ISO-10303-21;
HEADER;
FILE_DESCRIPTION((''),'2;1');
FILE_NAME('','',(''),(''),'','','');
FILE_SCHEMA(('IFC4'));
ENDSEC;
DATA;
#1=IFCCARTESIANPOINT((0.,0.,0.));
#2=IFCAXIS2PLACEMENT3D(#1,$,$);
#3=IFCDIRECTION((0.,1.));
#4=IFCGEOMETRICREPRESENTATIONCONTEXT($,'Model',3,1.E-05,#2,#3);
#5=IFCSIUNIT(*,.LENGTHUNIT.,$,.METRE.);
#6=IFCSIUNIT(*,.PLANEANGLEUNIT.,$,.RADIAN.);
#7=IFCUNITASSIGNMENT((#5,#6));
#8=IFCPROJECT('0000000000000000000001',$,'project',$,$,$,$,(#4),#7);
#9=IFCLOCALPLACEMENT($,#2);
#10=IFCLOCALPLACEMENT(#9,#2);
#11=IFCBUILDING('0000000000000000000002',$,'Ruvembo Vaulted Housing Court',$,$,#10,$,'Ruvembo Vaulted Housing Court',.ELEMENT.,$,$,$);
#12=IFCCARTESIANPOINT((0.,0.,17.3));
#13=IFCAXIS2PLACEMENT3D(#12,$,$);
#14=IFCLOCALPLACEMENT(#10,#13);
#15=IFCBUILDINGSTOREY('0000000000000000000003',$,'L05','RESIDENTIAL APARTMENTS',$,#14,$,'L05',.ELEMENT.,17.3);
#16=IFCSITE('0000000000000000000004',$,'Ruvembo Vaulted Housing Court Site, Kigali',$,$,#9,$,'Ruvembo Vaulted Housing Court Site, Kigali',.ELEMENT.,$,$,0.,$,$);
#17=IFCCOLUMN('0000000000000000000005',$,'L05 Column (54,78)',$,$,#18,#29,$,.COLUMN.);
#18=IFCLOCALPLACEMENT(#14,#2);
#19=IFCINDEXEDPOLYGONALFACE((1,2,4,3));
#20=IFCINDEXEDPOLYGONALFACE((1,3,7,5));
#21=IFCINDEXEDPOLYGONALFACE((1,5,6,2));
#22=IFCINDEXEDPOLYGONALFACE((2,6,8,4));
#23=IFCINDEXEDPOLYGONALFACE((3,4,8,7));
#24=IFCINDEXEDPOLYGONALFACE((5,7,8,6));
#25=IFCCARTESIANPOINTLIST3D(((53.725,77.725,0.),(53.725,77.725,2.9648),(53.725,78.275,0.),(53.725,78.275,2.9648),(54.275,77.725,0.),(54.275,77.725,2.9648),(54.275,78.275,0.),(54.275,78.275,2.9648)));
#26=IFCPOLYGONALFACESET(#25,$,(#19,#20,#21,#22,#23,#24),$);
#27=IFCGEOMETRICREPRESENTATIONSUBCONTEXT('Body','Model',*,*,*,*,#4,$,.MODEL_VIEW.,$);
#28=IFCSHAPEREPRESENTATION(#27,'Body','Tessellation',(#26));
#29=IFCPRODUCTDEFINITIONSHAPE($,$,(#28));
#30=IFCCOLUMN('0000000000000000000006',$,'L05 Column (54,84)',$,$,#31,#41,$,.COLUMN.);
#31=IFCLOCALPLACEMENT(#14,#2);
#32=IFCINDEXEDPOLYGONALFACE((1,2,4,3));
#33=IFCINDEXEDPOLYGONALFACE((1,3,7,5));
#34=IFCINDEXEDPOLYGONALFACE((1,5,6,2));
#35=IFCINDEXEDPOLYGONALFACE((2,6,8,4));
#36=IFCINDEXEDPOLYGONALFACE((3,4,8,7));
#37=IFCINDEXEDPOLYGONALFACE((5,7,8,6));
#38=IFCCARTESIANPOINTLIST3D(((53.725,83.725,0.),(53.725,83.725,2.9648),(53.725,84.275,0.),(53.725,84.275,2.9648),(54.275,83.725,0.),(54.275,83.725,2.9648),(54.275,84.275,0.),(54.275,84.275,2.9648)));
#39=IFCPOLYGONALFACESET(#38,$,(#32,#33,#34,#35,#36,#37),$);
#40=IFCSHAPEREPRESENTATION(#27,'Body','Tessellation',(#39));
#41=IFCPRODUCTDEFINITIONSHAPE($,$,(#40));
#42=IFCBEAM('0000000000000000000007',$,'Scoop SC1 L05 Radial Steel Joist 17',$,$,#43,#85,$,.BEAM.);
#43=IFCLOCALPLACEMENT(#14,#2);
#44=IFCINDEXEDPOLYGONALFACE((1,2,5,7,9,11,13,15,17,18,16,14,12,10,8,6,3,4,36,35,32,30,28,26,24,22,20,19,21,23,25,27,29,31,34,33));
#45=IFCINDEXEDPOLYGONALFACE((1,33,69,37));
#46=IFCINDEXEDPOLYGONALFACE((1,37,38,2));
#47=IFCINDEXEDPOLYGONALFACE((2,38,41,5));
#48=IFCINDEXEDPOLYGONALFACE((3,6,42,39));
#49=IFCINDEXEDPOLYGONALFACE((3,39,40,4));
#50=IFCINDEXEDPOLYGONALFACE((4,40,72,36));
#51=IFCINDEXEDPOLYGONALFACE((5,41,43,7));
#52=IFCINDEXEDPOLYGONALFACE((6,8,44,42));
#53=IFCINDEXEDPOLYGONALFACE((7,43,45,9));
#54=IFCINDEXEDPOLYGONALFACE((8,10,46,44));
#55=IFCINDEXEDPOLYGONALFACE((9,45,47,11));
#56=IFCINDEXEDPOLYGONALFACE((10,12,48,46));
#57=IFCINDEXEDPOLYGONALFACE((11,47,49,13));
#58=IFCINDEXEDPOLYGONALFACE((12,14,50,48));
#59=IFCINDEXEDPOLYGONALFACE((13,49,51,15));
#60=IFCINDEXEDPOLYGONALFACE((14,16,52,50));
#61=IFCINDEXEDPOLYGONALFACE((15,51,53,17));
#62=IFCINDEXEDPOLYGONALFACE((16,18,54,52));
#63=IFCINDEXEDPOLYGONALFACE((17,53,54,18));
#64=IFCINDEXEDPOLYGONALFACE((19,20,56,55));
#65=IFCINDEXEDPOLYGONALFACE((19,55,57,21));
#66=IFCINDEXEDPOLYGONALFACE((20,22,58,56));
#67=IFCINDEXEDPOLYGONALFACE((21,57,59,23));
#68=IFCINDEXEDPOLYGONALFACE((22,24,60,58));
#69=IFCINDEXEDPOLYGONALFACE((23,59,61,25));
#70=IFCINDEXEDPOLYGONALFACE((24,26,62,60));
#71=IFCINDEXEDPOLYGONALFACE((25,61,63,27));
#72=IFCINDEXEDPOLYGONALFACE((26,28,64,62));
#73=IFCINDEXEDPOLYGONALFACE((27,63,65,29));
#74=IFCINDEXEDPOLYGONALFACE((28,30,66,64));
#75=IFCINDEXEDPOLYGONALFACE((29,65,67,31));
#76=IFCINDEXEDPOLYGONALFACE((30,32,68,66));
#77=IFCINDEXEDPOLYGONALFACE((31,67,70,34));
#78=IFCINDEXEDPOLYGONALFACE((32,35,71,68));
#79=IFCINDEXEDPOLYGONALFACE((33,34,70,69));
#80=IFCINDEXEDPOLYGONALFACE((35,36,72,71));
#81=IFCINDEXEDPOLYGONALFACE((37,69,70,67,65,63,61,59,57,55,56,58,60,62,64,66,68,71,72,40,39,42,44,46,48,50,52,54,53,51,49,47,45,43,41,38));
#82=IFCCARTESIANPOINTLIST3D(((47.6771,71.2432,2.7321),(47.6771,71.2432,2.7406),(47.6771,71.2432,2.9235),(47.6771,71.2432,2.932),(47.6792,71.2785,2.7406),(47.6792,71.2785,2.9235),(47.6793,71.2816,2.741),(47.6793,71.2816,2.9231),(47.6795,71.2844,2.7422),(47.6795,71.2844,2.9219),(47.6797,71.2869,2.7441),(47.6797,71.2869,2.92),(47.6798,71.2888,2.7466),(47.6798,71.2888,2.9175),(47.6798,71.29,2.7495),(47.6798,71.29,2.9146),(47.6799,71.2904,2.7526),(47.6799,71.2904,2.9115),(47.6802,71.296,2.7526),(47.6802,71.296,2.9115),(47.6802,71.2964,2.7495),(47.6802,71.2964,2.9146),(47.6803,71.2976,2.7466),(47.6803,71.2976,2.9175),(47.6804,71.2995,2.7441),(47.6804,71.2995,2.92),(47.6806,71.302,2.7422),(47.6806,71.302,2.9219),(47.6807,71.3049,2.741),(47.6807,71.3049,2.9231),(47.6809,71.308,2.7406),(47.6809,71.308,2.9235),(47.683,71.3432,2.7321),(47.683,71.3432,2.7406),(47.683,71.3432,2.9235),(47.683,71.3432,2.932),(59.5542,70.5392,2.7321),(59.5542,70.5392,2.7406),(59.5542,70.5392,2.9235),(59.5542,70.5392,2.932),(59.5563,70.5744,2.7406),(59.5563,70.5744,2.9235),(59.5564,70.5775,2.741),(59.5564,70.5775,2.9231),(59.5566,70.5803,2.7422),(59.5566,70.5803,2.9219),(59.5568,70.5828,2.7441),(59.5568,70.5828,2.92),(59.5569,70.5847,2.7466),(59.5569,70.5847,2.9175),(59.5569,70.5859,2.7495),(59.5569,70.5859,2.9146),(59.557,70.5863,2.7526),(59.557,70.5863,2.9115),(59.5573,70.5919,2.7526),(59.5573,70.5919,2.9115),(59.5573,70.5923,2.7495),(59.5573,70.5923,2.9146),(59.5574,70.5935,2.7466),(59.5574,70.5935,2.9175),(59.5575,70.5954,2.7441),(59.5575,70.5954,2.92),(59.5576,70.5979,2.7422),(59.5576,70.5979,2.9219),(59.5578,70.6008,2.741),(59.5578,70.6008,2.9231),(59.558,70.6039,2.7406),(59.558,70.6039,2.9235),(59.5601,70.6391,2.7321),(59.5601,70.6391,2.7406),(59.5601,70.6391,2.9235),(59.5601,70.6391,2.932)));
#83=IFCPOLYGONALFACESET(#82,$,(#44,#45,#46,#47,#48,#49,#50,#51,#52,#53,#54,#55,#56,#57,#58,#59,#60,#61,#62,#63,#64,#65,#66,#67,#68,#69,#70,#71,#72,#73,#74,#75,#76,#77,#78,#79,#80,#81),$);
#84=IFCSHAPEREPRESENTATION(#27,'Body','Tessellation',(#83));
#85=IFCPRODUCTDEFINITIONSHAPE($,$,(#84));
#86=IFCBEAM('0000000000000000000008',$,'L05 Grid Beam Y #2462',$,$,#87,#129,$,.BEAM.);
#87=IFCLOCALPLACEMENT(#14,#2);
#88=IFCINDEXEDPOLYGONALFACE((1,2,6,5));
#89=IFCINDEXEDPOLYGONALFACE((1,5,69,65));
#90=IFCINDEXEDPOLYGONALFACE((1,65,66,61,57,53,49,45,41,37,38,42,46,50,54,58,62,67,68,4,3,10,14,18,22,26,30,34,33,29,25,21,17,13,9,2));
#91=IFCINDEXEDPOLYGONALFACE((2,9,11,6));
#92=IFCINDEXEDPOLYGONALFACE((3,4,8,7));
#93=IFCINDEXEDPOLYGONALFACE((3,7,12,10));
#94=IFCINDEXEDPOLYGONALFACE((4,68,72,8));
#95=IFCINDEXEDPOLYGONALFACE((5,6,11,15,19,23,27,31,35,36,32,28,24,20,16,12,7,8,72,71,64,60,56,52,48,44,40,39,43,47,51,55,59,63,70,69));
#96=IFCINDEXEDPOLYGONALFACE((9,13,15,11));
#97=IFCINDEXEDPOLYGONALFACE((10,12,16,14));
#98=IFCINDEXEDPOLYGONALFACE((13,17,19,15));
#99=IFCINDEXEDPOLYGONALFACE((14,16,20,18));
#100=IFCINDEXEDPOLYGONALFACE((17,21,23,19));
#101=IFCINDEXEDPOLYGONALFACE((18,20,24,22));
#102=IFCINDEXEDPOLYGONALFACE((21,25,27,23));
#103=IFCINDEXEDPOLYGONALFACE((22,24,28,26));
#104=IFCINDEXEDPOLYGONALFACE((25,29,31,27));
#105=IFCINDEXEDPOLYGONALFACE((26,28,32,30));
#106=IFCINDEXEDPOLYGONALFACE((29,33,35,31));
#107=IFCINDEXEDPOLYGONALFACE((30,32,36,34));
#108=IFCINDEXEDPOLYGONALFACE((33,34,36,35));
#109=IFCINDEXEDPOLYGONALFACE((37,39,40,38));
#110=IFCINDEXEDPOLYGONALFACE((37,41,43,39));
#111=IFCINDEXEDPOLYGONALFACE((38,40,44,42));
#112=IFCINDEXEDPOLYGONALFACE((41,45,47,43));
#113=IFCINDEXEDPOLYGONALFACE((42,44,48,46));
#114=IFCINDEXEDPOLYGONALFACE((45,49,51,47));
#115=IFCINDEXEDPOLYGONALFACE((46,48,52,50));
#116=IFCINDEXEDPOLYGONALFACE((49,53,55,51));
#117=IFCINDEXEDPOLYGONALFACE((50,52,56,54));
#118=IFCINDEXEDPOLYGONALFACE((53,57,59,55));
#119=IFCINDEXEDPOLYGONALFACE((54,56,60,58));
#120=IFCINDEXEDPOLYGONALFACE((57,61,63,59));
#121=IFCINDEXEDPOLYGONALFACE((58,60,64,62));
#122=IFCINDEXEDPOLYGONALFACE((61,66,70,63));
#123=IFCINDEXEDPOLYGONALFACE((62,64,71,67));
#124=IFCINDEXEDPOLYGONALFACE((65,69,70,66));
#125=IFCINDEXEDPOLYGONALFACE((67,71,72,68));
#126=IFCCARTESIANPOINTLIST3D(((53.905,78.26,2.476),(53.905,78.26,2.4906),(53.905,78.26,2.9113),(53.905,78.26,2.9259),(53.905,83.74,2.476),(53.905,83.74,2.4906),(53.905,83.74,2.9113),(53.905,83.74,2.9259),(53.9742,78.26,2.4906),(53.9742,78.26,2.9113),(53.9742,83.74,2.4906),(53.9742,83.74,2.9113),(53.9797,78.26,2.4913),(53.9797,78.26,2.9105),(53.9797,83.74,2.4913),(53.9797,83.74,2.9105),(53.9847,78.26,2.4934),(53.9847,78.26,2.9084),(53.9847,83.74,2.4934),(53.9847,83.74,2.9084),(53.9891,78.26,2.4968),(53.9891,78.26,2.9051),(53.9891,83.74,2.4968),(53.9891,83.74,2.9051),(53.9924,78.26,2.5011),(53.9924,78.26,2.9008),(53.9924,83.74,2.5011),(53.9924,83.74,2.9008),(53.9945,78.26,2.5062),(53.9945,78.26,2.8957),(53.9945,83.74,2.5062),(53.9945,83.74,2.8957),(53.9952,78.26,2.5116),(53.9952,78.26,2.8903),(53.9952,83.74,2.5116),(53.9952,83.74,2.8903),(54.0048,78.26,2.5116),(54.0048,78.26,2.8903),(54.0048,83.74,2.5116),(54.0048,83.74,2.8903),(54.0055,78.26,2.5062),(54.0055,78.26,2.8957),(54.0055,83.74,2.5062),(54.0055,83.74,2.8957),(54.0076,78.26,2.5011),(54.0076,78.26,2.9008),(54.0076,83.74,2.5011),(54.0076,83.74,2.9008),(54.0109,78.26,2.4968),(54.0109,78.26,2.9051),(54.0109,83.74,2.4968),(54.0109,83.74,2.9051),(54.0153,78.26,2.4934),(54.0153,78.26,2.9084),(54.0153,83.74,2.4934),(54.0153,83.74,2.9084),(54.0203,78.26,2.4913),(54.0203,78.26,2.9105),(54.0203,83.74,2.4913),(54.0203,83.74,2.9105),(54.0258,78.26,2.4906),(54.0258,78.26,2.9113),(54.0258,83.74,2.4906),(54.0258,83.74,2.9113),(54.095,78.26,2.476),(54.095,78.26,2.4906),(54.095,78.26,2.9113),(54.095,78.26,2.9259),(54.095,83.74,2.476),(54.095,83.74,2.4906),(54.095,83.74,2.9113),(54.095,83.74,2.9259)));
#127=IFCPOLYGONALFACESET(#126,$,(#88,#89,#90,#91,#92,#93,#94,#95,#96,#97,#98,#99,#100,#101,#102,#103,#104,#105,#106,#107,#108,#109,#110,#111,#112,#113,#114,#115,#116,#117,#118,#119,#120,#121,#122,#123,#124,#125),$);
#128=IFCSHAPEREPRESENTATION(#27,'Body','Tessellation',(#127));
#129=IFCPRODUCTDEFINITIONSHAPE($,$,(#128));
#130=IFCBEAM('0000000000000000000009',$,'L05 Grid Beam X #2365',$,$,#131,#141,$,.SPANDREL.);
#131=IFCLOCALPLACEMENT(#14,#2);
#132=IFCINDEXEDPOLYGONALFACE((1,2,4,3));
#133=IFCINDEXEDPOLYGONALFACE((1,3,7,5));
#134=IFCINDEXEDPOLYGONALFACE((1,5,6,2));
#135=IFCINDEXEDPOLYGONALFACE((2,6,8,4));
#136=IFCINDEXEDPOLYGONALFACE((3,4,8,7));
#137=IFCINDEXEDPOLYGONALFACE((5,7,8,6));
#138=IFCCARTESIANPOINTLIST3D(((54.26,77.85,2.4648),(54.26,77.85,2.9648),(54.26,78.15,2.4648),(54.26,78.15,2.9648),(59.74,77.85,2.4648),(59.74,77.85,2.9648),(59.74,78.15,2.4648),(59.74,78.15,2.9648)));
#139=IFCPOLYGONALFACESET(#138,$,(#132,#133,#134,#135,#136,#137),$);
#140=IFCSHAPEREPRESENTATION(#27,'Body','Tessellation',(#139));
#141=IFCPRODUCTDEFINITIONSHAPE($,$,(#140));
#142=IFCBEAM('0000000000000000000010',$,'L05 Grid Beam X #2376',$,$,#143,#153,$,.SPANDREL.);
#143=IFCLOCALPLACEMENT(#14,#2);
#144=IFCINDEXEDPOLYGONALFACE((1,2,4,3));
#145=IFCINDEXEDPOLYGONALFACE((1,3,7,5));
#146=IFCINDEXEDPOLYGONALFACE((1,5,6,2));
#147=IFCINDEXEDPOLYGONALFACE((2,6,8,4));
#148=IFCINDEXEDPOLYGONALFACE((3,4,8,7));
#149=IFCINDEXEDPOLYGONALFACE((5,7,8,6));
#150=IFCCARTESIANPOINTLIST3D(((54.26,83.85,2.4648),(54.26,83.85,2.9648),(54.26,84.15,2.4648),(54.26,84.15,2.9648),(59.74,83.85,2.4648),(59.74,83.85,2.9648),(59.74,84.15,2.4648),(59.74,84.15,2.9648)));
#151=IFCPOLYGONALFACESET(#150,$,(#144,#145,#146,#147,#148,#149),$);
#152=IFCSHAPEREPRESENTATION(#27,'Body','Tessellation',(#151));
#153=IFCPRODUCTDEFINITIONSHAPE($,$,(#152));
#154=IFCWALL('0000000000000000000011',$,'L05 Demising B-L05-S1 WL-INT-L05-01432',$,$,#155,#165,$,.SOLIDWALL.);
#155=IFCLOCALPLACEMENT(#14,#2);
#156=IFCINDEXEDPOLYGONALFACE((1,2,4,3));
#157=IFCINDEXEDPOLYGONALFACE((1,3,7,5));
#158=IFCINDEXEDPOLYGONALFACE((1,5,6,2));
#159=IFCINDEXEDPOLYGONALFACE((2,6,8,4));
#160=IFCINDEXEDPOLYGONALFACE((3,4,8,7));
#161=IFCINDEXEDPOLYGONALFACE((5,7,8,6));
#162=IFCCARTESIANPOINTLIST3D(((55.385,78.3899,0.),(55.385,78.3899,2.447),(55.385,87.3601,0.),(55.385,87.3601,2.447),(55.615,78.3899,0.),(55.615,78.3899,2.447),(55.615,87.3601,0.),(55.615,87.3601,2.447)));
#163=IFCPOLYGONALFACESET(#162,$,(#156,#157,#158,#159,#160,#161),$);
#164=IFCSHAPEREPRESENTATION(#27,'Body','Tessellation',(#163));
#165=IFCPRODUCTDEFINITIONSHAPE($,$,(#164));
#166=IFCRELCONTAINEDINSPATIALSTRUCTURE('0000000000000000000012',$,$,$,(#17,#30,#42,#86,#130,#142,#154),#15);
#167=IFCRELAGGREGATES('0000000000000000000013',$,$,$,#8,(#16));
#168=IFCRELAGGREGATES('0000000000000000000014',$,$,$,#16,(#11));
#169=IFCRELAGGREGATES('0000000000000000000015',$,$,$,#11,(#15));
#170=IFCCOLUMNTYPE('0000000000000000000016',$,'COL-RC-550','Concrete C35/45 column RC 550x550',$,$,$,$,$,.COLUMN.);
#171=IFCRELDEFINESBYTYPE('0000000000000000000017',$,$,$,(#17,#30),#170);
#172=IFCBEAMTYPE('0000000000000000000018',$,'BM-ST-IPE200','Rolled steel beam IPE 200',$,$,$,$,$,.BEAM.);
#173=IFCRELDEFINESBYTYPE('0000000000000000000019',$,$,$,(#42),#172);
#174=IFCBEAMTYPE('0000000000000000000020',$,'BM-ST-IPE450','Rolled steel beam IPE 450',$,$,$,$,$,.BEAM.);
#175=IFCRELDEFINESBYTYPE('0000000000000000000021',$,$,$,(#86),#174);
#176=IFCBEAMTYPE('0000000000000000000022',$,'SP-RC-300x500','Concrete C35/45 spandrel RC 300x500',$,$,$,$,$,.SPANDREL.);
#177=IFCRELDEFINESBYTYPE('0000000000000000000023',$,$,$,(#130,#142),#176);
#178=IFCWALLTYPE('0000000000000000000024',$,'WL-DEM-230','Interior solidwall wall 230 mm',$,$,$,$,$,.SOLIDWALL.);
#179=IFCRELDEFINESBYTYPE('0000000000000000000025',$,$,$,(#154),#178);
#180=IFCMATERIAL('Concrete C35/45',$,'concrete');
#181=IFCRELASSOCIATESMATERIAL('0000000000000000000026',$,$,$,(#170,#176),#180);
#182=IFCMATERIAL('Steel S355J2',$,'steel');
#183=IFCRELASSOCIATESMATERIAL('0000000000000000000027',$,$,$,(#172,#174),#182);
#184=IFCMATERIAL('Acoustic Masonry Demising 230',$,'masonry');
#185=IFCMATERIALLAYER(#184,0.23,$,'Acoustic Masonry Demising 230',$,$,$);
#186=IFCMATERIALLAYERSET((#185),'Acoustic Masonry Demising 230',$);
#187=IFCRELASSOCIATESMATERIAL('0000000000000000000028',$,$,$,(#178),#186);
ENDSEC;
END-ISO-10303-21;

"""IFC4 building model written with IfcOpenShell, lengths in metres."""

from ifc_helpers import new_model, si_unit, direction, frame, frame_2d, origin, origin_2d, place, context, subcontext, project, spatial, rectangle, i_section, extrude, material, layer, layer_set, material_profile, profile_set, type_object, element, save


model = new_model("IFC4")

# Units and contexts
model_context = context("Model", 3, precision=1e-05, world=origin(), true_north=direction((0.0, 1.0)))
body_context = subcontext(model_context, "Body", "Model", "MODEL_VIEW")
ifc_project = project(units=[si_unit("LENGTHUNIT", "METRE"), si_unit("PLANEANGLEUNIT", "RADIAN")], contexts=[model_context])

# Site, building, storey
site_placement = place(None, origin())
site = spatial("IfcSite", under=ifc_project, at=site_placement, Name="Ruvembo Vaulted Housing Court Site, Kigali", LongName="Ruvembo Vaulted Housing Court Site, Kigali", CompositionType="ELEMENT", RefElevation=0.0)
building_placement = place(site_placement, origin())
building = spatial("IfcBuilding", under=site, at=building_placement, Name="Ruvembo Vaulted Housing Court", LongName="Ruvembo Vaulted Housing Court", CompositionType="ELEMENT")
storey_placement = place(building_placement, frame((0.0, 0.0, 17.3)))
storey = spatial("IfcBuildingStorey", under=building, at=storey_placement, Name="L05", Description="RESIDENTIAL APARTMENTS", LongName="L05", CompositionType="ELEMENT", Elevation=17.3)

# Columns
ifc_material_1 = material(Name="Concrete C35/45", Category="concrete")
ifc_material_profile_1 = material_profile(ifc_material_1, rectangle(XDim=0.55, YDim=0.55, at=origin_2d()), Name="RC 550x550")
ifc_profile_set_1 = profile_set([ifc_material_profile_1], Name="Concrete C35/45")
column_type = type_object("IfcColumnType", Name="COL-RC-550", Description="Concrete C35/45 column RC 550x550", PredefinedType="COLUMN", material=ifc_profile_set_1)
for number, where, z_axis, x_axis, name in (
    (1, (54.0, 78.0, 0.0), (0.0, 0.0, 1.0), (1.0, 0.0, 0.0), "L05 Column (54,78)"),
    (2, (54.0, 84.0, 0.0), (0.0, 0.0, 1.0), (1.0, 0.0, 0.0), "L05 Column (54,84)"),
):
    element("IfcColumn", number, at=place(storey_placement, frame(where, z_axis=z_axis, x_axis=x_axis)), inside=storey, type_object=column_type, Name=name, PredefinedType="COLUMN", context=body_context, shape_type="SweptSolid", body=[
        extrude(rectangle(XDim=0.55, YDim=0.55, at=origin_2d()), origin(), (0.0, 0.0, 1.0), 2.9648),
    ])

# Beams
ifc_material_2 = material(Name="Steel S355J2", Category="steel")
ifc_material_profile_2 = material_profile(ifc_material_2, i_section(OverallWidth=0.1001, OverallDepth=0.2, WebThickness=0.0056, FlangeThickness=0.0085, FilletRadius=0.012, at=origin_2d()), Name="IPE 200")
ifc_profile_set_2 = profile_set([ifc_material_profile_2], Name="Steel S355J2")
beam_type_1 = type_object("IfcBeamType", Name="BM-ST-IPE200", Description="Rolled steel beam IPE 200", PredefinedType="BEAM", material=ifc_profile_set_2)
beam_1_placement = place(storey_placement, frame((59.5571, 70.5891, 2.832), z_axis=(-0.998247, 0.059178, 0.0), x_axis=(-0.059178, -0.998247, 0.0)))
element("IfcBeam", 3, at=beam_1_placement, inside=storey, type_object=beam_type_1, Name="Scoop SC1 L05 Radial Steel Joist 17", PredefinedType="BEAM", context=body_context, shape_type="SweptSolid", body=[
    extrude(i_section(OverallWidth=0.1001, OverallDepth=0.2, WebThickness=0.0056, FlangeThickness=0.0085, FilletRadius=0.012, at=origin_2d()), origin(), (0.0, 0.0, 1.0), 11.8979),
])
ifc_material_profile_3 = material_profile(ifc_material_2, i_section(OverallWidth=0.1899, OverallDepth=0.45, WebThickness=0.0095, FlangeThickness=0.0146, FilletRadius=0.021, at=origin_2d()), Name="IPE 450")
ifc_profile_set_3 = profile_set([ifc_material_profile_3], Name="Steel S355J2")
beam_type_2 = type_object("IfcBeamType", Name="BM-ST-IPE450", Description="Rolled steel beam IPE 450", PredefinedType="BEAM", material=ifc_profile_set_3)
beam_2_placement = place(storey_placement, frame((54.0, 78.26, 2.7009), z_axis=(0.0, 1.0, 0.0), x_axis=(-1.0, 0.0, 0.0)))
element("IfcBeam", 4, at=beam_2_placement, inside=storey, type_object=beam_type_2, Name="L05 Grid Beam Y #2462", PredefinedType="BEAM", context=body_context, shape_type="SweptSolid", body=[
    extrude(i_section(OverallWidth=0.1899, OverallDepth=0.45, WebThickness=0.0095, FlangeThickness=0.0146, FilletRadius=0.021, at=origin_2d()), origin(), (0.0, 0.0, 1.0), 5.48),
])
ifc_material_profile_4 = material_profile(ifc_material_1, rectangle(XDim=0.3, YDim=0.5, at=origin_2d()), Name="RC 300x500")
ifc_profile_set_4 = profile_set([ifc_material_profile_4], Name="Concrete C35/45")
beam_type_3 = type_object("IfcBeamType", Name="SP-RC-300x500", Description="Concrete C35/45 spandrel RC 300x500", PredefinedType="SPANDREL", material=ifc_profile_set_4)
for number, where, z_axis, x_axis, name in (
    (5, (54.26, 78.0, 2.7148), (1.0, 0.0, 0.0), (0.0, 1.0, 0.0), "L05 Grid Beam X #2365"),
    (6, (54.26, 84.0, 2.7148), (1.0, 0.0, 0.0), (0.0, 1.0, 0.0), "L05 Grid Beam X #2376"),
):
    element("IfcBeam", number, at=place(storey_placement, frame(where, z_axis=z_axis, x_axis=x_axis)), inside=storey, type_object=beam_type_3, Name=name, PredefinedType="SPANDREL", context=body_context, shape_type="SweptSolid", body=[
        extrude(rectangle(XDim=0.3, YDim=0.5, at=origin_2d()), origin(), (0.0, 0.0, 1.0), 5.48),
    ])

# Wall
ifc_material_3 = material(Name="Acoustic Masonry Demising 230", Category="masonry")
ifc_layer_1 = layer(ifc_material_3, 0.23, Name="Acoustic Masonry Demising 230")
ifc_layer_set_1 = layer_set([ifc_layer_1], Name="Acoustic Masonry Demising 230")
wall_type_1 = type_object("IfcWallType", Name="WL-DEM-230", Description="Interior solidwall wall 230 mm", PredefinedType="SOLIDWALL", material=ifc_layer_set_1)
wall_1_placement = place(storey_placement, frame((55.5, 78.3899, 0.0), z_axis=(0.0, 0.0, 1.0), x_axis=(0.0, 1.0, 0.0)))
element("IfcWall", 7, at=wall_1_placement, inside=storey, type_object=wall_type_1, Name="L05 Demising B-L05-S1 WL-INT-L05-01432", PredefinedType="SOLIDWALL", context=body_context, shape_type="SweptSolid", body=[
    extrude(rectangle(XDim=8.9702, YDim=0.23, at=frame_2d((4.4851, 0.0))), origin(), (0.0, 0.0, 1.0), 2.447),
])

save(model, "model.ifc")
